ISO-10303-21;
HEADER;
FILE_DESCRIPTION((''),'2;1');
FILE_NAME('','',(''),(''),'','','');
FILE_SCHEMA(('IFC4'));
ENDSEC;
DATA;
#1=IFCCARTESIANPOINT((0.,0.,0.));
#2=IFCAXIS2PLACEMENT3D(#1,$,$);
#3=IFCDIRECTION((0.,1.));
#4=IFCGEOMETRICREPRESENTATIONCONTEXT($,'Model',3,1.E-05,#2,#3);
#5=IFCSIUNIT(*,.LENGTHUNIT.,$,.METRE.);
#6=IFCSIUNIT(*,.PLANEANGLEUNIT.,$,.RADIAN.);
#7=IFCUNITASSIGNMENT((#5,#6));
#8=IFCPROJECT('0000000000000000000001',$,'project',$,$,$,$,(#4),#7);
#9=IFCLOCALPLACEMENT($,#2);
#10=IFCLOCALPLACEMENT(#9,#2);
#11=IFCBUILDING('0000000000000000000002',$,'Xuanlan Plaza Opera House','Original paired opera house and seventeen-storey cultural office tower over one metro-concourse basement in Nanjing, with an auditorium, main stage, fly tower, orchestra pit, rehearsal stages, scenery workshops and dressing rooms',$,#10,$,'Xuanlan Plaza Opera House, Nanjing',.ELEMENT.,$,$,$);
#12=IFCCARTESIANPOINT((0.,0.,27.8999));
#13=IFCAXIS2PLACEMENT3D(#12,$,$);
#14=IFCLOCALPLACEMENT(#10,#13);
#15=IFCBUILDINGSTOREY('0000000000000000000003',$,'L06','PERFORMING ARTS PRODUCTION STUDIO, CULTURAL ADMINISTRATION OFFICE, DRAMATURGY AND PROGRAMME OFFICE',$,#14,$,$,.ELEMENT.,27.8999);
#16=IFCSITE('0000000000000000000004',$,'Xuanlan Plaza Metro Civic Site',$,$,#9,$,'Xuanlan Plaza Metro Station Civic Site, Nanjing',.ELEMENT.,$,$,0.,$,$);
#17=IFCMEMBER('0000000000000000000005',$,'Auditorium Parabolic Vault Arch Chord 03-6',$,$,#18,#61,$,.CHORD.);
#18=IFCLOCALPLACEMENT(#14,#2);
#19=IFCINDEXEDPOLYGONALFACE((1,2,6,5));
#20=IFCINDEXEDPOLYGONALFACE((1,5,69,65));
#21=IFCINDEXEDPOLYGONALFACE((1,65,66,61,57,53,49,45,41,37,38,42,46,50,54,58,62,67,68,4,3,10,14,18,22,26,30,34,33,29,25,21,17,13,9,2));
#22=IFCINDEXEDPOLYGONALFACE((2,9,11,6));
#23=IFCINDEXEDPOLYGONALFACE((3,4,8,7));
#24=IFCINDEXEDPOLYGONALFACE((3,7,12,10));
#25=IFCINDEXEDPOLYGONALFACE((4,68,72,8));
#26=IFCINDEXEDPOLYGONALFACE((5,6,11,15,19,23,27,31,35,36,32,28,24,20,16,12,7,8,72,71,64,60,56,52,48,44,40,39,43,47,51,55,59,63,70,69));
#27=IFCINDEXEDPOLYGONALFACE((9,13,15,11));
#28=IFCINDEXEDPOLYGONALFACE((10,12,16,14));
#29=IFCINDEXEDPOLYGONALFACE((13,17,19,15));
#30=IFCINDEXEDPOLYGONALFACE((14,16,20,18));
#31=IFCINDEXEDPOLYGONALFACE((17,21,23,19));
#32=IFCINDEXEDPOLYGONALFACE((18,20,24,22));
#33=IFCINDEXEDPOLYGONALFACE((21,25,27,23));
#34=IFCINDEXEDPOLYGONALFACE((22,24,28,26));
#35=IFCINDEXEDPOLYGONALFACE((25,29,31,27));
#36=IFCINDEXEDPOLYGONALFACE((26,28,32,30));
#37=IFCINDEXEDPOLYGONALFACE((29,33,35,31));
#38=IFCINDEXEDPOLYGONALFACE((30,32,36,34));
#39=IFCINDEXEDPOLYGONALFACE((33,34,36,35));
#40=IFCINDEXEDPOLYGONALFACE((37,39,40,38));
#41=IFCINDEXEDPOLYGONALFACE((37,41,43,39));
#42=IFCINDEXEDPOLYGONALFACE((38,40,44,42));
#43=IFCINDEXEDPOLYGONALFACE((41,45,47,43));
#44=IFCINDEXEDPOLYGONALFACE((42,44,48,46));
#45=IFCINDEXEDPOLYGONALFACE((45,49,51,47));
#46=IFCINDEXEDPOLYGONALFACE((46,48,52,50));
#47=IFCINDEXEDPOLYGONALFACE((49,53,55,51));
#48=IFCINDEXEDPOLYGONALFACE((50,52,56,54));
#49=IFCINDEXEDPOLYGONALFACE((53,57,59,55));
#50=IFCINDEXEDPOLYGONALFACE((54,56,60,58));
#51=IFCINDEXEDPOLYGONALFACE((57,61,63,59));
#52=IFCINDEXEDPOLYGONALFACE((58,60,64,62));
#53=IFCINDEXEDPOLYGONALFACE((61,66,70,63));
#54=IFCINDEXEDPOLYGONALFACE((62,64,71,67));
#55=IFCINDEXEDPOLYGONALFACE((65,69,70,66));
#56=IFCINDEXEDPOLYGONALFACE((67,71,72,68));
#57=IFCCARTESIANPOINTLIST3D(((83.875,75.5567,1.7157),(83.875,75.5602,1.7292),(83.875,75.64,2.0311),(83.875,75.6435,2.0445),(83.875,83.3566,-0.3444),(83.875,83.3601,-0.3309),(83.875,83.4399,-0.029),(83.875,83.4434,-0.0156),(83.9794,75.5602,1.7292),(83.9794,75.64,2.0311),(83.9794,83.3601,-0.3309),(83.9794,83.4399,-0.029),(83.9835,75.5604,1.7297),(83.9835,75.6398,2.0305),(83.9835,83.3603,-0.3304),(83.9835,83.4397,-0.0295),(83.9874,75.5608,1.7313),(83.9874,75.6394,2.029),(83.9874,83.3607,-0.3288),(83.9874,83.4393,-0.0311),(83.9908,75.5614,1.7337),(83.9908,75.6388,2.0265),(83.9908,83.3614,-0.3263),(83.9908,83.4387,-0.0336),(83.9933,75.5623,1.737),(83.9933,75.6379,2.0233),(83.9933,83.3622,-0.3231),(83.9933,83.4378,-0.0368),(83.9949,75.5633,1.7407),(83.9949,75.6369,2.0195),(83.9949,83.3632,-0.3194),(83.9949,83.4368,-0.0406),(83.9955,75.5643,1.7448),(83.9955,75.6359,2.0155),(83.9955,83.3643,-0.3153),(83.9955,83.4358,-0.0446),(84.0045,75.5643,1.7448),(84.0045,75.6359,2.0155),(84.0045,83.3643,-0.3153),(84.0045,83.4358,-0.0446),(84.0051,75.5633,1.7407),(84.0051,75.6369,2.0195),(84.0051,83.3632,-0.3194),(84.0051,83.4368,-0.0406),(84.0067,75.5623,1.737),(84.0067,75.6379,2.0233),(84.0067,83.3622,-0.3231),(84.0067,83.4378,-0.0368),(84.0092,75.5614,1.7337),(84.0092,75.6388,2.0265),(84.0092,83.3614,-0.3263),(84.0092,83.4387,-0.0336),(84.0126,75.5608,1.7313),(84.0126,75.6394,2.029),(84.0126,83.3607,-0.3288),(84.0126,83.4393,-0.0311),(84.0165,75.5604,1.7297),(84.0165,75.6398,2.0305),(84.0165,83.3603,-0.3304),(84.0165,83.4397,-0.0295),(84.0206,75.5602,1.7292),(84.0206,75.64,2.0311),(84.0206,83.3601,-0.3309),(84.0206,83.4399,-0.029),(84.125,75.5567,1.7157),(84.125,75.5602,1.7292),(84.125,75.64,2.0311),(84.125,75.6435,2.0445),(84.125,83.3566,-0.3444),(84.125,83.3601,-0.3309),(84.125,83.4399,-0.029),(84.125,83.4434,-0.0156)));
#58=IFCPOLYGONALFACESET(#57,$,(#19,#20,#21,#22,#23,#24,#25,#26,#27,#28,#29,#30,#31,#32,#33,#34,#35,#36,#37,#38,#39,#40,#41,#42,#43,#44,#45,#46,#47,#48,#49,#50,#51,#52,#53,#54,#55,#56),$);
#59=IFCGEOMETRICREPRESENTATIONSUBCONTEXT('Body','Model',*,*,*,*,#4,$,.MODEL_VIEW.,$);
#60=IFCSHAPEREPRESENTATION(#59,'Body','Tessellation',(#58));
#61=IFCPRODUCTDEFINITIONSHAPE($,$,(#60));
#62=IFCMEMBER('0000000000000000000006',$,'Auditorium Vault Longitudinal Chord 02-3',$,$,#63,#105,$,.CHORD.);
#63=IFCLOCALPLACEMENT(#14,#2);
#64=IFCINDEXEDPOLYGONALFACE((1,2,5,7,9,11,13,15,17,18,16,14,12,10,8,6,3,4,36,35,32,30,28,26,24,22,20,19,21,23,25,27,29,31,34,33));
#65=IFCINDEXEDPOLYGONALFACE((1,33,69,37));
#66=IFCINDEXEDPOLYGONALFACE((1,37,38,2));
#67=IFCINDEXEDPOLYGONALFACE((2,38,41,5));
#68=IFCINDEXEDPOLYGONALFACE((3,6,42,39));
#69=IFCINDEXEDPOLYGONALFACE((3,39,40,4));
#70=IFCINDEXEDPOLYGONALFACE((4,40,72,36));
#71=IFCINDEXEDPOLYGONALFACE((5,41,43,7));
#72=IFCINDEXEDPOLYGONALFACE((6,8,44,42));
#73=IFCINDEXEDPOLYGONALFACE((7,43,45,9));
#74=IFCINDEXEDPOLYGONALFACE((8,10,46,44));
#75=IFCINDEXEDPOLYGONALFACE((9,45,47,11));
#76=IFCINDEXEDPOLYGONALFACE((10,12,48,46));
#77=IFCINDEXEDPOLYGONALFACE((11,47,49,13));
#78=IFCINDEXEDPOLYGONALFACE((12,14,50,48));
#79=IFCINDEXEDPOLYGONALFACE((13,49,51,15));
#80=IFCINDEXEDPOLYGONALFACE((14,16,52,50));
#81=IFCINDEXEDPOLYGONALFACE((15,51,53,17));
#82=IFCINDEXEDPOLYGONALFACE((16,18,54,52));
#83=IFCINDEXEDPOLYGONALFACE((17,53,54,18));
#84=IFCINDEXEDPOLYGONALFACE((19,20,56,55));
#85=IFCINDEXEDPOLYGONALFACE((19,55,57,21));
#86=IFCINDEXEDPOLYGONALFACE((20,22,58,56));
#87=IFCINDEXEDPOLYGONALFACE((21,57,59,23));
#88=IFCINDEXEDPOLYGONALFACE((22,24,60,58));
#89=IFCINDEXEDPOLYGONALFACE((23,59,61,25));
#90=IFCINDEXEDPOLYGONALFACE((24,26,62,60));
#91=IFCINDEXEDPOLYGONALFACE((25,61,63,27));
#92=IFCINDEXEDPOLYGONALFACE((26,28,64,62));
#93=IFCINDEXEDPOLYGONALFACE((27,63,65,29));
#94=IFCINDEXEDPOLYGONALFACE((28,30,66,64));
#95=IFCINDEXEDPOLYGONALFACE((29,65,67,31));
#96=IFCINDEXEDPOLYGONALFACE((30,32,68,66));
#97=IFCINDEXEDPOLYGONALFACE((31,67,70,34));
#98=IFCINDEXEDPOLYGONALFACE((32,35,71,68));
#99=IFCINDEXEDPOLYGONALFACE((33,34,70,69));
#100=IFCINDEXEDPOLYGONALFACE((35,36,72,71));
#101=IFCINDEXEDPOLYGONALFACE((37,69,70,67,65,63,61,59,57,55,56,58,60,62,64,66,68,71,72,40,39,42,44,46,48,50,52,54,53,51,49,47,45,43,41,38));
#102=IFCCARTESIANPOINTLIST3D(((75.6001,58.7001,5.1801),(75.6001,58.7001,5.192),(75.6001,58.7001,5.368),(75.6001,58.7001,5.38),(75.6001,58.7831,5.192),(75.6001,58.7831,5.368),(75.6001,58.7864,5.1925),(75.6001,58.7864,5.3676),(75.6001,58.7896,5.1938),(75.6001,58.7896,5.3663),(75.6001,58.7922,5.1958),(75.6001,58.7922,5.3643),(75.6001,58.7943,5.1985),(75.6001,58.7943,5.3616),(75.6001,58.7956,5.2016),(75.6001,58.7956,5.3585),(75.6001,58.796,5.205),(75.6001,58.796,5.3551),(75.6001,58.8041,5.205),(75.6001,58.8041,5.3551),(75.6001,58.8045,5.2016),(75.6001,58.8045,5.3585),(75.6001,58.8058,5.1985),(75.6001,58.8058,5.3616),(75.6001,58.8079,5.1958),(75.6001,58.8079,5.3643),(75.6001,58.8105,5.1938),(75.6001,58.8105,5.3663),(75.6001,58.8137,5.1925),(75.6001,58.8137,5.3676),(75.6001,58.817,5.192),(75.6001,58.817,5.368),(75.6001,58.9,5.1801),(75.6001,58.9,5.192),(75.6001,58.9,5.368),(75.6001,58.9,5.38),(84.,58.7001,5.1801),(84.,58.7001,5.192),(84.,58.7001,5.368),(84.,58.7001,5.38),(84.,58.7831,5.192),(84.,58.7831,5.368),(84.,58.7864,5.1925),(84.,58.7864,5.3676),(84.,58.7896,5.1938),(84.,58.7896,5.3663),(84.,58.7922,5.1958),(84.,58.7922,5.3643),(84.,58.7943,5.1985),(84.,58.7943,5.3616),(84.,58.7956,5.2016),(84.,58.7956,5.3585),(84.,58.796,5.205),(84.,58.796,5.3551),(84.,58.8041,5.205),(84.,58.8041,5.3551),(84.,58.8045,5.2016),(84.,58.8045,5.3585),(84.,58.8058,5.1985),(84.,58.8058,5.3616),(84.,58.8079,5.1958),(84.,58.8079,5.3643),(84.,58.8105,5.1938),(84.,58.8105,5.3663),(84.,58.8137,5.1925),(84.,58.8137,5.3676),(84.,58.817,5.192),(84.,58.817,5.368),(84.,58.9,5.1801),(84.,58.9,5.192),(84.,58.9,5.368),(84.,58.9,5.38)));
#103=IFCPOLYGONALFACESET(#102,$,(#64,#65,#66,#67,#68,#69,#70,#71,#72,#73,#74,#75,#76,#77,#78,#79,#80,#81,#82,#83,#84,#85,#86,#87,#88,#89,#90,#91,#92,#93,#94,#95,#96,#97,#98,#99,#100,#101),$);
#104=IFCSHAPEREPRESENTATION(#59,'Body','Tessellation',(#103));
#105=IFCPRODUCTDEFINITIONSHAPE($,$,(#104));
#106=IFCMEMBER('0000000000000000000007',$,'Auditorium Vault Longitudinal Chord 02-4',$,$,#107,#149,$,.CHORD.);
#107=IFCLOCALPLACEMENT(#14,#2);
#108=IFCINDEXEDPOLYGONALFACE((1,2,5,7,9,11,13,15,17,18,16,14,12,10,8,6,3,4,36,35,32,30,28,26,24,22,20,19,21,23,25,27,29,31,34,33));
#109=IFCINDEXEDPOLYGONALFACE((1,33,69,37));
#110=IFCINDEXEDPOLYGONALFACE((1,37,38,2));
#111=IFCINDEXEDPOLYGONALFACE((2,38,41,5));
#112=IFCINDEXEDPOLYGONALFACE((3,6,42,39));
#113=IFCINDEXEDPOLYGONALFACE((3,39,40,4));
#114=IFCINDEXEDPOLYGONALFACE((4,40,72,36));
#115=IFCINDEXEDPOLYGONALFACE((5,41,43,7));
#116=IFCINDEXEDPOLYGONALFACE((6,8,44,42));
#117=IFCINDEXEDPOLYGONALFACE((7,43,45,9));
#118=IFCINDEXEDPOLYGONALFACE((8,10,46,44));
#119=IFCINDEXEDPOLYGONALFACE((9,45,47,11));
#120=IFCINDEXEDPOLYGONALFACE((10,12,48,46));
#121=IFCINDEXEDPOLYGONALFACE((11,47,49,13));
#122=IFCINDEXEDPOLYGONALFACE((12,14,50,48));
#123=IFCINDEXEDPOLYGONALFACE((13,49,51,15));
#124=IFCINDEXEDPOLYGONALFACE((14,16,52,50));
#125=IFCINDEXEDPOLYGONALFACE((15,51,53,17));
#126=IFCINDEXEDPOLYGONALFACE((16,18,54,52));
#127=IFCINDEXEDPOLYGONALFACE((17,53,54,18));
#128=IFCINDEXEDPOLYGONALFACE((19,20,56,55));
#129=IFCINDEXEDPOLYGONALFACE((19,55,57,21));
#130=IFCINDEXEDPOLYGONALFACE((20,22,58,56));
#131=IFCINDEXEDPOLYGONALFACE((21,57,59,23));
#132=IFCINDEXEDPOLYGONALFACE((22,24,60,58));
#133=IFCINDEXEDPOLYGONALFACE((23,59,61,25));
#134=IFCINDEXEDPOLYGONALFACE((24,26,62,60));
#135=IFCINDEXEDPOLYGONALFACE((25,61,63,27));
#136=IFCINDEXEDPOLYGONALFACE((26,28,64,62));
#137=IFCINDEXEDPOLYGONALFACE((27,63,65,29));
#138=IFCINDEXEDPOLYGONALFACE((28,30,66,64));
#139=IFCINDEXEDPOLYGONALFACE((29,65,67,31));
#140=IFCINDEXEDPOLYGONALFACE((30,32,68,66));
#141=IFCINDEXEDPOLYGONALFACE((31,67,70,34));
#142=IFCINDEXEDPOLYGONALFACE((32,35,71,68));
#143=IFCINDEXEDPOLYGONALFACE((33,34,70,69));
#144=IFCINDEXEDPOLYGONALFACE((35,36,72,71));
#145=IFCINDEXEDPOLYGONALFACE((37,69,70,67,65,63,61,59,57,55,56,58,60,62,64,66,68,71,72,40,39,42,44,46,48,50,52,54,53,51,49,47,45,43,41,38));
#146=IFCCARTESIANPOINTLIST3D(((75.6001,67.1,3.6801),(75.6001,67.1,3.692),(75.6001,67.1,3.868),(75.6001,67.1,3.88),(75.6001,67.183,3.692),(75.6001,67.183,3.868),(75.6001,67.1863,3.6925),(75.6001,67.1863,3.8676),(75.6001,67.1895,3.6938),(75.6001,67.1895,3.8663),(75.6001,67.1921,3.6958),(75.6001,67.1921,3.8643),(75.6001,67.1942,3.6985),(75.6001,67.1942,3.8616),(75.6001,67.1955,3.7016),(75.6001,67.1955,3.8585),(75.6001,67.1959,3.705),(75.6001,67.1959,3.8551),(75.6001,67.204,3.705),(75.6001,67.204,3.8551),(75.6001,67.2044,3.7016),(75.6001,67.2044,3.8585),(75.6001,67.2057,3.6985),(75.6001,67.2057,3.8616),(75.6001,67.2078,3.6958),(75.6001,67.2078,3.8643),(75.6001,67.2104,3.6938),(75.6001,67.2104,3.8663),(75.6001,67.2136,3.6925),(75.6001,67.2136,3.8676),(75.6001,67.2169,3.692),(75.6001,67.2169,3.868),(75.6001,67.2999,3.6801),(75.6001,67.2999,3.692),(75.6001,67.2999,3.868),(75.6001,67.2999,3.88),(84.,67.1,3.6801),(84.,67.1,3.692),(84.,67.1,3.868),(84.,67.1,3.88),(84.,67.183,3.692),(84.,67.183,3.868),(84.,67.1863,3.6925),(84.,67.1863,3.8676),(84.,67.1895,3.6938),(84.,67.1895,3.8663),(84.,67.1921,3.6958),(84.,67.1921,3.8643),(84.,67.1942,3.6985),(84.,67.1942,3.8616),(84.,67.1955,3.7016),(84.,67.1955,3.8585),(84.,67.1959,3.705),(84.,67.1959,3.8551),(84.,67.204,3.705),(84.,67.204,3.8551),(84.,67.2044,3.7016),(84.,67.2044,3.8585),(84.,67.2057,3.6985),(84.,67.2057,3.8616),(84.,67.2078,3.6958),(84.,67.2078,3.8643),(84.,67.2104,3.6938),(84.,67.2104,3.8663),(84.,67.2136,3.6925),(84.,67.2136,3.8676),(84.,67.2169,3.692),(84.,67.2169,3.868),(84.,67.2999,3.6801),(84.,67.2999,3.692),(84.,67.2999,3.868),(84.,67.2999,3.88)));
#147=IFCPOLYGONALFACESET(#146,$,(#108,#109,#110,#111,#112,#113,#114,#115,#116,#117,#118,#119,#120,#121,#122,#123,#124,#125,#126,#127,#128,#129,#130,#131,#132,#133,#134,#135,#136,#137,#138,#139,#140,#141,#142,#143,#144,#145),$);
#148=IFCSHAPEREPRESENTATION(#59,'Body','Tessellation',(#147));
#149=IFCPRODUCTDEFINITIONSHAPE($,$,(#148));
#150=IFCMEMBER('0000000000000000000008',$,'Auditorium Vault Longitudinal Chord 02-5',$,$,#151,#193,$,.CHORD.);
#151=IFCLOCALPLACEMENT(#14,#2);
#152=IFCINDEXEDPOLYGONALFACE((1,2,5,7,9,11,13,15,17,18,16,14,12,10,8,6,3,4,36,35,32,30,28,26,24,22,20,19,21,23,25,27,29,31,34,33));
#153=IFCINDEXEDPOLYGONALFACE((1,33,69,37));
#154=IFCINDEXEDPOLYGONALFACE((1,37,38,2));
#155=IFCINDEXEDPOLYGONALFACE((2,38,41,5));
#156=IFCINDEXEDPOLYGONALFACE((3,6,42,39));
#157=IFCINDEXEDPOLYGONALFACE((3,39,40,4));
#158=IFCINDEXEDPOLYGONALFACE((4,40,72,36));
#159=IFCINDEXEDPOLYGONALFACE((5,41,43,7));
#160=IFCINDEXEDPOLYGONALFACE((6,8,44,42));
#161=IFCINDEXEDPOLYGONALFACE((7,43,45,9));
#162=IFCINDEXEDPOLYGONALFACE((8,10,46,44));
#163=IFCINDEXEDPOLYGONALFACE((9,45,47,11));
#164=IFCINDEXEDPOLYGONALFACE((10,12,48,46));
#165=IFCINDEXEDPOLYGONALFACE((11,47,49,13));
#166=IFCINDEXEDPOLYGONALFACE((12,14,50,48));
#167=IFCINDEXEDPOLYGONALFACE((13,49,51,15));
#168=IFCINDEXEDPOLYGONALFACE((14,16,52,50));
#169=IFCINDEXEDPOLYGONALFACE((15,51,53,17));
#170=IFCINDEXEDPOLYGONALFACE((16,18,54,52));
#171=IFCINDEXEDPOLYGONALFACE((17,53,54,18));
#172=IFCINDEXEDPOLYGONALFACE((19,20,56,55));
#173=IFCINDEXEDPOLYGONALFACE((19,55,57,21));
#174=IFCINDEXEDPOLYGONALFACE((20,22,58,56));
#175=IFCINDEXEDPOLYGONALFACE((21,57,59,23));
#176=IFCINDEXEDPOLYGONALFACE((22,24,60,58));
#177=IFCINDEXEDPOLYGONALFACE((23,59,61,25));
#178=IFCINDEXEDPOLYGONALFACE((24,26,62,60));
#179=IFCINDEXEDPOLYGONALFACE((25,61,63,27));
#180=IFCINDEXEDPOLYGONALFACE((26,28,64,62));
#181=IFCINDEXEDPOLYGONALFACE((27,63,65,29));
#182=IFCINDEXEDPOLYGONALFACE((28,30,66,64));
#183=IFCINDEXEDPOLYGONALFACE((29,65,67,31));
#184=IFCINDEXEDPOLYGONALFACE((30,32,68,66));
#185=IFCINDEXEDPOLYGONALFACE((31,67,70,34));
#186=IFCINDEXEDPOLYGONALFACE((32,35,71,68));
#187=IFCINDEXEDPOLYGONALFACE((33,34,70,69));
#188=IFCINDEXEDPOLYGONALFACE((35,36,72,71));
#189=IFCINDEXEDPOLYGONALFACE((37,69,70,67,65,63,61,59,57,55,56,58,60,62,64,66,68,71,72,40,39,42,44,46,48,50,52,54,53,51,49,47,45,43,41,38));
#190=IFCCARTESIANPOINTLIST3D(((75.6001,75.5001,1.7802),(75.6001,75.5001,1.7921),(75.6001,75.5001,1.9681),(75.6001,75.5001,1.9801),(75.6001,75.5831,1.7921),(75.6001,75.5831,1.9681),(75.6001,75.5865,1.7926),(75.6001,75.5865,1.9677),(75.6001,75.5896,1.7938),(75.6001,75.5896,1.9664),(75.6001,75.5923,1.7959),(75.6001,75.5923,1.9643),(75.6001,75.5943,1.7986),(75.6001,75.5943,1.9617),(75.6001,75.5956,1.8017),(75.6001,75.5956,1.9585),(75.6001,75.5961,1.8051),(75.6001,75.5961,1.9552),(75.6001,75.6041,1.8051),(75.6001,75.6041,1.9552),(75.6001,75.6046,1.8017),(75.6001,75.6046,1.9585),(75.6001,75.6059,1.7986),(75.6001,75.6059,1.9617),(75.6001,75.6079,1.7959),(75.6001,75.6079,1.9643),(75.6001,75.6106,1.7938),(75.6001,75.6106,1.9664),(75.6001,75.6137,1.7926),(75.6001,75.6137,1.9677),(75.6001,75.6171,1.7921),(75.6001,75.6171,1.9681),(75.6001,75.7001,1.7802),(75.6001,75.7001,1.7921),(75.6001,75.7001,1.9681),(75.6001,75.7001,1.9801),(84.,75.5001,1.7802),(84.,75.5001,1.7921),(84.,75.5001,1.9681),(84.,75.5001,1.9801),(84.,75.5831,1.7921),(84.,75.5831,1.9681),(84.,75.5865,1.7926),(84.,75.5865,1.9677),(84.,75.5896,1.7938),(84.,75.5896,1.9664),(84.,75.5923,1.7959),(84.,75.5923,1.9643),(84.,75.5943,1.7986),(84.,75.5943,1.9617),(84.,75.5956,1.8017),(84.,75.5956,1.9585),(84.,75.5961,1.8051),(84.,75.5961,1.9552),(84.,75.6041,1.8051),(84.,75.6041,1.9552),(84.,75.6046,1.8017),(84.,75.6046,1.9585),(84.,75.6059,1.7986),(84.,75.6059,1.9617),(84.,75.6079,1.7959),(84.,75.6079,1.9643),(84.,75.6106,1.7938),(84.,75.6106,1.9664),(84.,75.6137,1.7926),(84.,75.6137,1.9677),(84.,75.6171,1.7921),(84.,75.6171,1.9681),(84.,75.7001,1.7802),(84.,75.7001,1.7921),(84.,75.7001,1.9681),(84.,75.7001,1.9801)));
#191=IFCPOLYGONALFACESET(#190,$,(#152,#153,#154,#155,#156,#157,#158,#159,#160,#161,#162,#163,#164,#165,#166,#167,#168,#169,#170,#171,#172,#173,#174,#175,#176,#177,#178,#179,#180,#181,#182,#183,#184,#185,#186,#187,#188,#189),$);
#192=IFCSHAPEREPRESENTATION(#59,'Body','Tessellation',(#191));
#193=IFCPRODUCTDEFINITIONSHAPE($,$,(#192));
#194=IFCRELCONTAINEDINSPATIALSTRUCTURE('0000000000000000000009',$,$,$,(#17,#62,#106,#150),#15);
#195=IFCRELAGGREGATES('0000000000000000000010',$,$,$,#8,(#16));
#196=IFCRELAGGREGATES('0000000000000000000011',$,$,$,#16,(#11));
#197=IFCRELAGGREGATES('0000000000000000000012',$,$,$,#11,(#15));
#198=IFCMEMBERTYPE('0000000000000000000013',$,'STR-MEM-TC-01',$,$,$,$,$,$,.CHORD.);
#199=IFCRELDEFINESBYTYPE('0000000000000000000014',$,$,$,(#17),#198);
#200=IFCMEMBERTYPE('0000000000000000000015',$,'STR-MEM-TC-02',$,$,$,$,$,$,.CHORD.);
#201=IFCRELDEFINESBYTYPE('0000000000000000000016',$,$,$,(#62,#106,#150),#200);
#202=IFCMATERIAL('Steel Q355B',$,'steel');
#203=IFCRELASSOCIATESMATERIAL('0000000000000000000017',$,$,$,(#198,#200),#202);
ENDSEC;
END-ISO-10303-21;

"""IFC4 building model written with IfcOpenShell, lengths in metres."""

from ifc_helpers import new_model, si_unit, direction, frame, origin, origin_2d, place, context, subcontext, project, spatial, i_section, extrude, material, material_profile, profile_set, type_object, element, save


model = new_model("IFC4")

# Units and contexts
model_context = context("Model", 3, precision=1e-05, world=origin(), true_north=direction((0.0, 1.0)))
body_context = subcontext(model_context, "Body", "Model", "MODEL_VIEW")
ifc_project = project(units=[si_unit("LENGTHUNIT", "METRE"), si_unit("PLANEANGLEUNIT", "RADIAN")], contexts=[model_context])

# Site, building, storey
site_placement = place(None, origin())
site = spatial("IfcSite", under=ifc_project, at=site_placement, Name="Xuanlan Plaza Metro Civic Site", LongName="Xuanlan Plaza Metro Station Civic Site, Nanjing", CompositionType="ELEMENT", RefElevation=0.0)
building_placement = place(site_placement, origin())
building = spatial("IfcBuilding", under=site, at=building_placement, Name="Xuanlan Plaza Opera House", Description="Original paired opera house and seventeen-storey cultural office tower over one metro-concourse basement in Nanjing, with an auditorium, main stage, fly tower, orchestra pit, rehearsal stages, scenery workshops and dressing rooms", LongName="Xuanlan Plaza Opera House, Nanjing", CompositionType="ELEMENT")
storey_placement = place(building_placement, frame((0.0, 0.0, 27.8999)))
storey = spatial("IfcBuildingStorey", under=building, at=storey_placement, Name="L06", Description="PERFORMING ARTS PRODUCTION STUDIO, CULTURAL ADMINISTRATION OFFICE, DRAMATURGY AND PROGRAMME OFFICE", CompositionType="ELEMENT", Elevation=27.8999)

# Members
ifc_material_1 = material(Name="Steel Q355B", Category="steel")
ifc_material_profile_1 = material_profile(ifc_material_1, i_section(OverallWidth=0.25, OverallDepth=0.3401, WebThickness=0.009, FlangeThickness=0.0139, FilletRadius=0.0161, at=origin_2d()), Name="HM 340x250x9x14")
ifc_profile_set_1 = profile_set([ifc_material_profile_1], Name="Steel Q355B")
member_type_1 = type_object("IfcMemberType", Name="STR-MEM-TC-01", PredefinedType="CHORD", material=ifc_profile_set_1)
member_1_placement = place(storey_placement, frame((84.0, 75.6001, 1.8801), z_axis=(0.0, 0.966846, -0.25536), x_axis=(-1.0, 0.0, 0.0)))
element("IfcMember", 1, at=member_1_placement, inside=storey, type_object=member_type_1, Name="Auditorium Parabolic Vault Arch Chord 03-6", PredefinedType="CHORD", context=body_context, shape_type="SweptSolid", body=[
    extrude(i_section(OverallWidth=0.25, OverallDepth=0.3401, WebThickness=0.009, FlangeThickness=0.0139, FilletRadius=0.0161, at=origin_2d()), origin(), (0.0, 0.0, 1.0), 8.0674),
])
ifc_material_profile_2 = material_profile(ifc_material_1, i_section(OverallWidth=0.2, OverallDepth=0.2, WebThickness=0.0081, FlangeThickness=0.012, FilletRadius=0.0129, at=origin_2d()), Name="HW 200x200x8x12")
ifc_profile_set_2 = profile_set([ifc_material_profile_2], Name="Steel Q355B")
member_type_2 = type_object("IfcMemberType", Name="STR-MEM-TC-02", PredefinedType="CHORD", material=ifc_profile_set_2)
for number, where, z_axis, x_axis, name in (
    (2, (75.6001, 58.8, 5.28), (1.0, 0.0, 0.0), (0.0, 1.0, 0.0), "Auditorium Vault Longitudinal Chord 02-3"),
    (3, (75.6001, 67.2, 3.78), (1.0, 0.0, 0.0), (0.0, 1.0, 0.0), "Auditorium Vault Longitudinal Chord 02-4"),
    (4, (75.6001, 75.6001, 1.8801), (1.0, 0.0, 0.0), (0.0, 1.0, 0.0), "Auditorium Vault Longitudinal Chord 02-5"),
):
    element("IfcMember", number, at=place(storey_placement, frame(where, z_axis=z_axis, x_axis=x_axis)), inside=storey, type_object=member_type_2, Name=name, PredefinedType="CHORD", context=body_context, shape_type="SweptSolid", body=[
        extrude(i_section(OverallWidth=0.2, OverallDepth=0.2, WebThickness=0.0081, FlangeThickness=0.012, FilletRadius=0.0129, at=origin_2d()), origin(), (0.0, 0.0, 1.0), 8.3999),
    ])

save(model, "model.ifc")
